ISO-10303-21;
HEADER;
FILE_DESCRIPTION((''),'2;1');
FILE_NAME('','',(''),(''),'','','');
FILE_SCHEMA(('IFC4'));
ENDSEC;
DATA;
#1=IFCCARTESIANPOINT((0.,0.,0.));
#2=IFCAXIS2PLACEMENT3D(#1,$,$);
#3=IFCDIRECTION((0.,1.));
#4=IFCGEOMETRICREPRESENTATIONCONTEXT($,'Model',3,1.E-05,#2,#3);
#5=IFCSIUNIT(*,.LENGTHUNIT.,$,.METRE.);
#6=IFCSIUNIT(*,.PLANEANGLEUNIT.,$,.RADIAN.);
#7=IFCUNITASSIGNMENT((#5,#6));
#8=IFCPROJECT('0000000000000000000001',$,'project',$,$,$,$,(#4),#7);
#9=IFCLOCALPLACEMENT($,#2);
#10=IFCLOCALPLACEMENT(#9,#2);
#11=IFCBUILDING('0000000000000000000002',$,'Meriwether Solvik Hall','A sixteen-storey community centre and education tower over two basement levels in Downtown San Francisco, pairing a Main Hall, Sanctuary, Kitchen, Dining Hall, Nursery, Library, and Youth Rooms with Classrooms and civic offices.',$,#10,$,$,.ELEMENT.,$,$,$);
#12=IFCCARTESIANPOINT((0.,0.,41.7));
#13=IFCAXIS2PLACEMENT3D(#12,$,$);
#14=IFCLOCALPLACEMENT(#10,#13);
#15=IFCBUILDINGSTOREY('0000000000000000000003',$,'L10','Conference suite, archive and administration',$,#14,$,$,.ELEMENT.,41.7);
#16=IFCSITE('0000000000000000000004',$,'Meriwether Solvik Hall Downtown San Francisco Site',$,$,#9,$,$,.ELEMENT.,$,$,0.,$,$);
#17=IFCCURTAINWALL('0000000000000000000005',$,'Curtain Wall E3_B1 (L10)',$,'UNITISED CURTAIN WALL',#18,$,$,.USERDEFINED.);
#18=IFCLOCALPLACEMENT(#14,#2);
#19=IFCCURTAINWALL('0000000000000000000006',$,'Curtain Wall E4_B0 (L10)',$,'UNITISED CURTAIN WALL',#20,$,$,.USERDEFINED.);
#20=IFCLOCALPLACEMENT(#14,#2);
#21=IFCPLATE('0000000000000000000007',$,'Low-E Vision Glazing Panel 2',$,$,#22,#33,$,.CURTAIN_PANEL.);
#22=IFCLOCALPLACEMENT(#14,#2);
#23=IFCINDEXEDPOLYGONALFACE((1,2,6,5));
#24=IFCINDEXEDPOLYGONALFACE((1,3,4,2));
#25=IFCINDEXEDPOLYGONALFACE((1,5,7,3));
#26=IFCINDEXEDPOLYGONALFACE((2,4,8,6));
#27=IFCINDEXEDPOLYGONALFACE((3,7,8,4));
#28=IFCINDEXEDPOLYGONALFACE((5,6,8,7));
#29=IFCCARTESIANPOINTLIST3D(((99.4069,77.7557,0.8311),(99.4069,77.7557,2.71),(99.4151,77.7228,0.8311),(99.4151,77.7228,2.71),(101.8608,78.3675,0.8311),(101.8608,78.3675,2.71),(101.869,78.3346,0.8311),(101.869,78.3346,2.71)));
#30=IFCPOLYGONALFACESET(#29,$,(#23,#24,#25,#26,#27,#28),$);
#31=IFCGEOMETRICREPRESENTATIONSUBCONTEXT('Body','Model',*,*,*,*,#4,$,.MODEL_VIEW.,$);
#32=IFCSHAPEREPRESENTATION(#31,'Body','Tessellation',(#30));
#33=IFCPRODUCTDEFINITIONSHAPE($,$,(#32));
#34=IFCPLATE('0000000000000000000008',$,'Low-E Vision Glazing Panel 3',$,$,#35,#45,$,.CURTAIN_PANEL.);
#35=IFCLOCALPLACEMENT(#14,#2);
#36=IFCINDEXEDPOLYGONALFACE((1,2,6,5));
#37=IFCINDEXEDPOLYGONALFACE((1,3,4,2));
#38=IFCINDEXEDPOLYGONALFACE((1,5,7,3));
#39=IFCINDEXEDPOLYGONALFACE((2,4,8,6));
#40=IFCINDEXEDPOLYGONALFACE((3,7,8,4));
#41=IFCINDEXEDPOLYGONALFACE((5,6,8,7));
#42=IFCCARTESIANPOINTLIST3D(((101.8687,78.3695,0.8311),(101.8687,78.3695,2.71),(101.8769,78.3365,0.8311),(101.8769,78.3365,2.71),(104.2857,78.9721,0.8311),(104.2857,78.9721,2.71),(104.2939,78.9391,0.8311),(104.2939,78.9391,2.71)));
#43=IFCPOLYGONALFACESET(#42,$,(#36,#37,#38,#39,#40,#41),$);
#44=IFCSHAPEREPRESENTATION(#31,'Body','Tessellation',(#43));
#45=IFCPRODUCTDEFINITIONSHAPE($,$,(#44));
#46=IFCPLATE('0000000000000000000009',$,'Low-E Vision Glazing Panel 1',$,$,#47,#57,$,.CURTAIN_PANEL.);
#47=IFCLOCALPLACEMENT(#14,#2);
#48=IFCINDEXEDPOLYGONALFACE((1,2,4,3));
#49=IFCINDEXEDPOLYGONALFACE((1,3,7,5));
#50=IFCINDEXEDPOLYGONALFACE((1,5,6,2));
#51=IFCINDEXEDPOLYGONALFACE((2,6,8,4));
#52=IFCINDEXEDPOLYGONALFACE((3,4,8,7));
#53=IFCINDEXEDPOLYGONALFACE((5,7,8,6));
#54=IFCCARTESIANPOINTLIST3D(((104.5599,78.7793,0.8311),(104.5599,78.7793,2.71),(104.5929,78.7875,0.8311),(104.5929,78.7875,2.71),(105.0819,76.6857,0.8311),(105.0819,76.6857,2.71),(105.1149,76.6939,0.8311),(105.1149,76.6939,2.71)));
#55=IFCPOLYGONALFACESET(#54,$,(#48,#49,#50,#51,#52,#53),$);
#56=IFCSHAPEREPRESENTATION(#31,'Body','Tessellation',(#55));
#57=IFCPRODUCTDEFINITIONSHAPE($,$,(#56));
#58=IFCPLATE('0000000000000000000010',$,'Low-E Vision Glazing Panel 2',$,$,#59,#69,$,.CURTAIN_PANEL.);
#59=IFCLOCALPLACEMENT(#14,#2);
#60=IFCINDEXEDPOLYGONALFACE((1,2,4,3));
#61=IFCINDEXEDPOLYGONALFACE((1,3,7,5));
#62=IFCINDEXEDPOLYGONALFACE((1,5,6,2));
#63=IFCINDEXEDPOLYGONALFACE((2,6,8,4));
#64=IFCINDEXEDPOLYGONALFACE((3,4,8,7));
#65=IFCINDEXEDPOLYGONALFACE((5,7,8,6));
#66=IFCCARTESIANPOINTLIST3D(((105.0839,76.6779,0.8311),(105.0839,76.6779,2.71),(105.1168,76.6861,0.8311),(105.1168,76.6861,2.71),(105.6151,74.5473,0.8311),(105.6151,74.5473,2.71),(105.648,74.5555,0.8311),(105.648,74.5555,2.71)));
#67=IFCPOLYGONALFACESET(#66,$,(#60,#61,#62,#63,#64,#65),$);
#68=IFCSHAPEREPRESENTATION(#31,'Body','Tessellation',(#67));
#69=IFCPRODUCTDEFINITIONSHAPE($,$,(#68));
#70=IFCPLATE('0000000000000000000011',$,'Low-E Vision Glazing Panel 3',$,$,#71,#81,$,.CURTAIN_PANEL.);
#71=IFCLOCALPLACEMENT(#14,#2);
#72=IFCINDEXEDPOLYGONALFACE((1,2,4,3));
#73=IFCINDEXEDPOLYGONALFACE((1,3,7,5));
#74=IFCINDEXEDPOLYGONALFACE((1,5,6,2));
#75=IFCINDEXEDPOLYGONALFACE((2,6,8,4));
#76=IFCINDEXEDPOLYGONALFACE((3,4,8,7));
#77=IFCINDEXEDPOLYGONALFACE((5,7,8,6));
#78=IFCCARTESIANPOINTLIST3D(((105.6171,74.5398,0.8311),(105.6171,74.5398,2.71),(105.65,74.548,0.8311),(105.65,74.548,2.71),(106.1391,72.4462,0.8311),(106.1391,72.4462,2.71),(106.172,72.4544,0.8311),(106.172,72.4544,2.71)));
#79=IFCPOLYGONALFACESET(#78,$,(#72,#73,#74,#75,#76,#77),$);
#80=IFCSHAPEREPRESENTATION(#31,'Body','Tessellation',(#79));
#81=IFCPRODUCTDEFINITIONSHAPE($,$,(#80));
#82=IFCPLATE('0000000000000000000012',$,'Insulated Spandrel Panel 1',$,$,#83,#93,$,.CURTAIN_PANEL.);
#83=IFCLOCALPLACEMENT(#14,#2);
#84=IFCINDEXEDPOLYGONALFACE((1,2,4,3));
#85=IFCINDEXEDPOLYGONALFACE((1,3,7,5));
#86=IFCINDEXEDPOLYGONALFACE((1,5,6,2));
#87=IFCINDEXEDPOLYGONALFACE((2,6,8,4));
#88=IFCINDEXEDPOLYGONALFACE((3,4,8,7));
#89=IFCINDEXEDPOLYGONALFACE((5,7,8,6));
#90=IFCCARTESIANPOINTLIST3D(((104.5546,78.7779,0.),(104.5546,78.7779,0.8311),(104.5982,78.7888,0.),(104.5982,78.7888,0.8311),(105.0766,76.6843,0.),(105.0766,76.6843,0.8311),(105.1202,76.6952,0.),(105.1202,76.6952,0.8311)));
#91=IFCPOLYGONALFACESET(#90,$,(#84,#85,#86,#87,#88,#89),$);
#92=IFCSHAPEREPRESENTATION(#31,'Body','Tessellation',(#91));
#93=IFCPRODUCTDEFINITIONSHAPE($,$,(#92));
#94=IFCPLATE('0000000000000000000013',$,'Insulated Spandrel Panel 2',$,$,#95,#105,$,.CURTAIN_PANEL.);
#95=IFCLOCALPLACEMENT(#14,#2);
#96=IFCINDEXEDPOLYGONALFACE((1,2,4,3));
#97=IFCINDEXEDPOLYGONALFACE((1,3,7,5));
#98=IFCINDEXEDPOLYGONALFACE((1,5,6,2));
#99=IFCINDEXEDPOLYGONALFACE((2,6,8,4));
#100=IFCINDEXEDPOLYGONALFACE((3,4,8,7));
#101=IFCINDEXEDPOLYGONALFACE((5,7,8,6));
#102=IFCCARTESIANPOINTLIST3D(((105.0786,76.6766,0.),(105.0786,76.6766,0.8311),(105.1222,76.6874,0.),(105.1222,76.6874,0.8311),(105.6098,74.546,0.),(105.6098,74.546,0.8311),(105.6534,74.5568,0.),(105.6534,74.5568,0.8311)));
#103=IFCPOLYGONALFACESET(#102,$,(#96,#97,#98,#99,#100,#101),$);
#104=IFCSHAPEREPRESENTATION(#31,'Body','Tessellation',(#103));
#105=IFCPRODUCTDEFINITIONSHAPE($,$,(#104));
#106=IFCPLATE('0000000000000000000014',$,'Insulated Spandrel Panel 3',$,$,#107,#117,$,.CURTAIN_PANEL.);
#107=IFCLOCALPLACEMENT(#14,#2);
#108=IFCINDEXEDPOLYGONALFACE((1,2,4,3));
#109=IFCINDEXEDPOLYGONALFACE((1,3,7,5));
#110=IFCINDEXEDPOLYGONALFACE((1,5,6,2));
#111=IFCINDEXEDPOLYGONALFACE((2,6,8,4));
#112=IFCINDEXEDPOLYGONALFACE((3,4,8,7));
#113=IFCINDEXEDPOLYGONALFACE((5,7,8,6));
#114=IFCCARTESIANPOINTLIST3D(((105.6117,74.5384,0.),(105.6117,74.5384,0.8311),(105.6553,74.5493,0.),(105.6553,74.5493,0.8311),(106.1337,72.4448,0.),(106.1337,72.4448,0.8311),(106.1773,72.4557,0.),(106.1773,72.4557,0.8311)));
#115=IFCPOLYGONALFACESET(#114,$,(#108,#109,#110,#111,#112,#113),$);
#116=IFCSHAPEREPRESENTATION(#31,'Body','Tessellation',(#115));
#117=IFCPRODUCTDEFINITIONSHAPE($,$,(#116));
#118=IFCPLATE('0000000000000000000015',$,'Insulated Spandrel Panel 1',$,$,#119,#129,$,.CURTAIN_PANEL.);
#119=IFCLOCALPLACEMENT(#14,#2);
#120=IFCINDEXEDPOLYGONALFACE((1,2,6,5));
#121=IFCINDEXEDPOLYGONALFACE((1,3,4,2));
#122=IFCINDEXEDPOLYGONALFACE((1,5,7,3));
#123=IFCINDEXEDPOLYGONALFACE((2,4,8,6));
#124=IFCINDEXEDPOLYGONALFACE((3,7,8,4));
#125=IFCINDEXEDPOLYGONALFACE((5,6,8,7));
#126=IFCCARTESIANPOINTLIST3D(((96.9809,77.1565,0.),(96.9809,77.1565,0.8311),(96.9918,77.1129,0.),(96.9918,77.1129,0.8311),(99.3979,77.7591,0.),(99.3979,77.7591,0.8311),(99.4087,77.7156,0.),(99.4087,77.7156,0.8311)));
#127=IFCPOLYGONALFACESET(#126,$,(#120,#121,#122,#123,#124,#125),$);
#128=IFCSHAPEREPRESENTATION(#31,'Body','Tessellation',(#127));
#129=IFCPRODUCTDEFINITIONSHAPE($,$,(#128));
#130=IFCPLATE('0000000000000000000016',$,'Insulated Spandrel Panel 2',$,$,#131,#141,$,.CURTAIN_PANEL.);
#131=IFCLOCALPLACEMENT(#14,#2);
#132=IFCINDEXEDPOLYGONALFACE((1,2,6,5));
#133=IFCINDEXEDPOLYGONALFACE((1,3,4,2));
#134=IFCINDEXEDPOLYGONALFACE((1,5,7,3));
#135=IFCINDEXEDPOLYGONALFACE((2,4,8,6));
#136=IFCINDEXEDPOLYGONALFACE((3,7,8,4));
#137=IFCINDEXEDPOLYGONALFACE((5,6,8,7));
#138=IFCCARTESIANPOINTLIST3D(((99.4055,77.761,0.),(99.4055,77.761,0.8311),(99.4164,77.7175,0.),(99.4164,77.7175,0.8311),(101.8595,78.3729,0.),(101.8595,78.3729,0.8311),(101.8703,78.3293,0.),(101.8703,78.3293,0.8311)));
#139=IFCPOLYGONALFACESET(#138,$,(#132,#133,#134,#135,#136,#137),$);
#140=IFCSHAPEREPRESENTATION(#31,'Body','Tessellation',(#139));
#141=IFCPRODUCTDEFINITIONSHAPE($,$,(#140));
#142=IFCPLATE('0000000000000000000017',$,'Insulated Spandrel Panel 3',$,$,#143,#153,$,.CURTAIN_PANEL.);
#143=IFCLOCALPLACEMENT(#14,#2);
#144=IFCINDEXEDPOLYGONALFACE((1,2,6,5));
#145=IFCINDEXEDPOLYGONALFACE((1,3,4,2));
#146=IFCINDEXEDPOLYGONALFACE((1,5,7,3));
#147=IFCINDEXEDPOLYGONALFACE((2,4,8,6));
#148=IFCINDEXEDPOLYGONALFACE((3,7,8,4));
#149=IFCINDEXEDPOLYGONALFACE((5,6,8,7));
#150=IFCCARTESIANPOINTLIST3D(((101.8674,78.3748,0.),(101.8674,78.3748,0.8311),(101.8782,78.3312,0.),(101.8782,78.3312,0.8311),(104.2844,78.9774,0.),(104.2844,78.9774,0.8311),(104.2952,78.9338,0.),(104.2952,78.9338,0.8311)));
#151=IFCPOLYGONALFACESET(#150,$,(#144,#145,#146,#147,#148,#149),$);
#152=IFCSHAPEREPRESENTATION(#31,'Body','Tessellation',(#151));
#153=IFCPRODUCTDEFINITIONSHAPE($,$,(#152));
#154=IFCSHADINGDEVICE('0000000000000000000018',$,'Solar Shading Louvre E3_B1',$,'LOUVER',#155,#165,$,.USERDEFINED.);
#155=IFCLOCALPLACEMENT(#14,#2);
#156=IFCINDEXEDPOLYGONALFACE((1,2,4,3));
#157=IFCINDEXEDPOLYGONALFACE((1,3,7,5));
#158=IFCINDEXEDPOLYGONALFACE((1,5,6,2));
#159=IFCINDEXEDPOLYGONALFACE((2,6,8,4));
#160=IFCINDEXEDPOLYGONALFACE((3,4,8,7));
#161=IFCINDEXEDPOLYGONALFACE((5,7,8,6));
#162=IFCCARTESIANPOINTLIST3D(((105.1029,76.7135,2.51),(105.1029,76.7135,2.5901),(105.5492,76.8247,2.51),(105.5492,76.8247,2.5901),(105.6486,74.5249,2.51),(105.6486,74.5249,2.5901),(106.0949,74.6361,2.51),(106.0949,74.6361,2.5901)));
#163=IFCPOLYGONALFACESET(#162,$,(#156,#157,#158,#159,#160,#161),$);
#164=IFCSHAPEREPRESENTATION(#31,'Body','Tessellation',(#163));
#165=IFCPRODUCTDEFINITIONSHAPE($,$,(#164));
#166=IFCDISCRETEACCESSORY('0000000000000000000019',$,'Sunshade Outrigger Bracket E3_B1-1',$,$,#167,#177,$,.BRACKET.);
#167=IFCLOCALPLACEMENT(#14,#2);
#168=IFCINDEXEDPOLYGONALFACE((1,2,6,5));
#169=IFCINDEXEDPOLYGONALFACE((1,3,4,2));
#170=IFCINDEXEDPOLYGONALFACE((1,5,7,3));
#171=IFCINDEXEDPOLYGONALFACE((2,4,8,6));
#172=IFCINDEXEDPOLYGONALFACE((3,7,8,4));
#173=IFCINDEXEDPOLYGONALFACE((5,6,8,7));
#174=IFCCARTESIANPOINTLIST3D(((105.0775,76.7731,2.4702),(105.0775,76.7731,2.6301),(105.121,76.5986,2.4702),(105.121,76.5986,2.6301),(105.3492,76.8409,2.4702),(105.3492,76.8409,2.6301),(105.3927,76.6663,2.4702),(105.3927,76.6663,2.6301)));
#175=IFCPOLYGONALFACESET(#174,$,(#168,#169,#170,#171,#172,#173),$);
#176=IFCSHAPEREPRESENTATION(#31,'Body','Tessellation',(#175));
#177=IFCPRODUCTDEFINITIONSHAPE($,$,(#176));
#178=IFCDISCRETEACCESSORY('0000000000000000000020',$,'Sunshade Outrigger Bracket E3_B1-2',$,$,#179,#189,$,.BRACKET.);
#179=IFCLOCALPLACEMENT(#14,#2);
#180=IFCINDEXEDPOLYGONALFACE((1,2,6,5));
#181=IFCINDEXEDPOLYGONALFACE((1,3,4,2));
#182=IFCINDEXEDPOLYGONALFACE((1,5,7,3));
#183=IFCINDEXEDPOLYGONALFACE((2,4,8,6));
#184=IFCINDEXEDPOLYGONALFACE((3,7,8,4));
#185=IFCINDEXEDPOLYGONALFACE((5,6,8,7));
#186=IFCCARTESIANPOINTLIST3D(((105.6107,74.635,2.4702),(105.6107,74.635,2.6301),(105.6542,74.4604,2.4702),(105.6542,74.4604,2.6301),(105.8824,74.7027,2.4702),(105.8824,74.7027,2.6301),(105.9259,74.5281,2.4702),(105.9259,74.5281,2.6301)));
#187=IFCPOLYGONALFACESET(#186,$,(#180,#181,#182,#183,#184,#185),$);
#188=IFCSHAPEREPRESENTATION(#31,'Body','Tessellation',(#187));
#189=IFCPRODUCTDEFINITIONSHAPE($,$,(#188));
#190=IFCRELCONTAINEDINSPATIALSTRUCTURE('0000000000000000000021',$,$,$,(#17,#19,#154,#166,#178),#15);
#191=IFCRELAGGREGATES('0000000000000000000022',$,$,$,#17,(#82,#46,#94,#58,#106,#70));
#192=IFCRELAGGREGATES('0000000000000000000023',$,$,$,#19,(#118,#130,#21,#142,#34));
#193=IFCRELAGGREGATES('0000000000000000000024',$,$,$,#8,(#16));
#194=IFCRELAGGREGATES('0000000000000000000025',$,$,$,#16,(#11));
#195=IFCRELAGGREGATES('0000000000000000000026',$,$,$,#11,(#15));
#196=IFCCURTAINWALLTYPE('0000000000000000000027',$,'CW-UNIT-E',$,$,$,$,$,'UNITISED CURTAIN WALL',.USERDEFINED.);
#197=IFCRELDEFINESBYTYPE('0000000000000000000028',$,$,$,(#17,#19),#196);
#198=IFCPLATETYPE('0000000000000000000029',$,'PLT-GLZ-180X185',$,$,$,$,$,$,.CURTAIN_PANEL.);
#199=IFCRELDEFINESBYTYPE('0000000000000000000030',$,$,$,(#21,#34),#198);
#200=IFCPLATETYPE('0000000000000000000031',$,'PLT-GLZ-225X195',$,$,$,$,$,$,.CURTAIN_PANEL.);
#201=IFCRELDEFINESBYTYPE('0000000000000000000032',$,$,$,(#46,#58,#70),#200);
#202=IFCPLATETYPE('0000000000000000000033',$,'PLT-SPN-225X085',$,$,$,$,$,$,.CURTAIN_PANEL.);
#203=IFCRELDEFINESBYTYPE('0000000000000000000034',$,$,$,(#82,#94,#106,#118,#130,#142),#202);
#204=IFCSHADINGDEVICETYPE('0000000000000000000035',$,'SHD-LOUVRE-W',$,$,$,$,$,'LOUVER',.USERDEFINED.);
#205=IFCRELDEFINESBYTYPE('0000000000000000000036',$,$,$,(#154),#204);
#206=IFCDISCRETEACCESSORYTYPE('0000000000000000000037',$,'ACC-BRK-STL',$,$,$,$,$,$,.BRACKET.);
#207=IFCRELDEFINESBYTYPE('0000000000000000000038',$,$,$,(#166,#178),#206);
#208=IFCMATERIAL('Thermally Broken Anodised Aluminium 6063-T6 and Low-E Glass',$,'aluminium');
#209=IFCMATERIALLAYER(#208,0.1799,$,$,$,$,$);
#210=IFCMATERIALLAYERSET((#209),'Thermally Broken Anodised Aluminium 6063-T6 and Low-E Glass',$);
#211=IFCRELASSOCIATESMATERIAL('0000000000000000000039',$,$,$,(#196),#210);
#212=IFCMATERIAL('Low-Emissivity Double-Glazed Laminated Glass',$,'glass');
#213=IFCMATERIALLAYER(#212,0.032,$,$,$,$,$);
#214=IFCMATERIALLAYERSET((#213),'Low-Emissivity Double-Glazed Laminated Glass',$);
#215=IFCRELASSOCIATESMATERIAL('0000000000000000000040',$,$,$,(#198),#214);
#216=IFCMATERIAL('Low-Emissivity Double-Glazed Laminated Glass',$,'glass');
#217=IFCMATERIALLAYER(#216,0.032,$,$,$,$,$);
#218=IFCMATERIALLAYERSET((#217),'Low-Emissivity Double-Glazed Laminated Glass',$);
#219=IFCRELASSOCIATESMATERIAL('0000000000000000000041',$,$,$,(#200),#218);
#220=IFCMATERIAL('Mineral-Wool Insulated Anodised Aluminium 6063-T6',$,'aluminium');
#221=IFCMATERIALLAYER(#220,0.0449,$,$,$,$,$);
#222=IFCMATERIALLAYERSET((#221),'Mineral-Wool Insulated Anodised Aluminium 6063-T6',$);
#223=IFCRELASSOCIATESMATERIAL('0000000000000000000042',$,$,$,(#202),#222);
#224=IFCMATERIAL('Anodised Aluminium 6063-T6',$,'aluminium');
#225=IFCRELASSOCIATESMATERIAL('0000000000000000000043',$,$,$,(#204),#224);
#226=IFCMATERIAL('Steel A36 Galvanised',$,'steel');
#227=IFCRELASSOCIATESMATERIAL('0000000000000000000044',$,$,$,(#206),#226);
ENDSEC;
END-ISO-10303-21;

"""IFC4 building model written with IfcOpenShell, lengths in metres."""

from ifc_helpers import new_model, si_unit, direction, frame, origin, origin_2d, place, context, subcontext, project, spatial, rectangle, extrude, material, layer, layer_set, type_object, element, aggregate, save


model = new_model("IFC4")

# Units and contexts
model_context = context("Model", 3, precision=1e-05, world=origin(), true_north=direction((0.0, 1.0)))
body_context = subcontext(model_context, "Body", "Model", "MODEL_VIEW")
ifc_project = project(units=[si_unit("LENGTHUNIT", "METRE"), si_unit("PLANEANGLEUNIT", "RADIAN")], contexts=[model_context])

# Site, building, storey
site_placement = place(None, origin())
site = spatial("IfcSite", under=ifc_project, at=site_placement, Name="Meriwether Solvik Hall Downtown San Francisco Site", CompositionType="ELEMENT", RefElevation=0.0)
building_placement = place(site_placement, origin())
building = spatial("IfcBuilding", under=site, at=building_placement, Name="Meriwether Solvik Hall", Description="A sixteen-storey community centre and education tower over two basement levels in Downtown San Francisco, pairing a Main Hall, Sanctuary, Kitchen, Dining Hall, Nursery, Library, and Youth Rooms with Classrooms and civic offices.", CompositionType="ELEMENT")
storey_placement = place(building_placement, frame((0.0, 0.0, 41.7)))
storey = spatial("IfcBuildingStorey", under=building, at=storey_placement, Name="L10", Description="Conference suite, archive and administration", CompositionType="ELEMENT", Elevation=41.7)

# Curtain walls
ifc_material_1 = material(Name="Thermally Broken Anodised Aluminium 6063-T6 and Low-E Glass", Category="aluminium")
ifc_layer_1 = layer(ifc_material_1, 0.1799)
ifc_layer_set_1 = layer_set([ifc_layer_1], Name="Thermally Broken Anodised Aluminium 6063-T6 and Low-E Glass")
curtain_wall_type_1 = type_object("IfcCurtainWallType", Name="CW-UNIT-E", ElementType="UNITISED CURTAIN WALL", PredefinedType="USERDEFINED", material=ifc_layer_set_1)
curtain_wall_1_placement = place(storey_placement, origin())
curtain_wall_1 = element("IfcCurtainWall", 1, at=curtain_wall_1_placement, inside=storey, type_object=curtain_wall_type_1, Name="Curtain Wall E3_B1 (L10)", ObjectType="UNITISED CURTAIN WALL", PredefinedType="USERDEFINED")
curtain_wall_2_placement = place(storey_placement, origin())
curtain_wall_2 = element("IfcCurtainWall", 2, at=curtain_wall_2_placement, inside=storey, type_object=curtain_wall_type_1, Name="Curtain Wall E4_B0 (L10)", ObjectType="UNITISED CURTAIN WALL", PredefinedType="USERDEFINED")

# Plates
ifc_material_2 = material(Name="Low-Emissivity Double-Glazed Laminated Glass", Category="glass")
ifc_layer_2 = layer(ifc_material_2, 0.032)
ifc_layer_set_2 = layer_set([ifc_layer_2], Name="Low-Emissivity Double-Glazed Laminated Glass")
plate_type_1 = type_object("IfcPlateType", Name="PLT-GLZ-180X185", PredefinedType="CURTAIN_PANEL", material=ifc_layer_set_2)
plate_1_placement = place(storey_placement, frame((100.6379, 78.0452, 0.8311), z_axis=(0.0, 0.0, 1.0), x_axis=(0.970296, 0.241922, 0.0)))
plate_1 = element("IfcPlate", 3, at=plate_1_placement, type_object=plate_type_1, Name="Low-E Vision Glazing Panel 2", PredefinedType="CURTAIN_PANEL", context=body_context, shape_type="SweptSolid", body=[
    extrude(rectangle(XDim=2.5291, YDim=0.0339, at=origin_2d()), origin(), (0.0, 0.0, 1.0), 1.8789),
])
plate_2_placement = place(storey_placement, frame((103.0813, 78.6543, 0.8311), z_axis=(0.0, 0.0, 1.0), x_axis=(0.970296, 0.241922, 0.0)))
plate_2 = element("IfcPlate", 4, at=plate_2_placement, type_object=plate_type_1, Name="Low-E Vision Glazing Panel 3", PredefinedType="CURTAIN_PANEL", context=body_context, shape_type="SweptSolid", body=[
    extrude(rectangle(XDim=2.491, YDim=0.0339, at=origin_2d()), origin(), (0.0, 0.0, 1.0), 1.8789),
])
ifc_material_3 = material(Name="Low-Emissivity Double-Glazed Laminated Glass", Category="glass")
ifc_layer_3 = layer(ifc_material_3, 0.032)
ifc_layer_set_3 = layer_set([ifc_layer_3], Name="Low-Emissivity Double-Glazed Laminated Glass")
plate_type_2 = type_object("IfcPlateType", Name="PLT-GLZ-225X195", PredefinedType="CURTAIN_PANEL", material=ifc_layer_set_3)
plate_3_placement = place(storey_placement, frame((104.8374, 77.7366, 0.8311), z_axis=(0.0, 0.0, 1.0), x_axis=(0.241922, -0.970296, 0.0)))
plate_3 = element("IfcPlate", 5, at=plate_3_placement, type_object=plate_type_2, Name="Low-E Vision Glazing Panel 1", PredefinedType="CURTAIN_PANEL", context=body_context, shape_type="SweptSolid", body=[
    extrude(rectangle(XDim=2.1577, YDim=0.0339, at=origin_2d()), origin(), (0.0, 0.0, 1.0), 1.8789),
])
plate_4_placement = place(storey_placement, frame((105.366, 75.6167, 0.8311), z_axis=(0.0, 0.0, 1.0), x_axis=(0.241922, -0.970296, 0.0)))
plate_4 = element("IfcPlate", 6, at=plate_4_placement, type_object=plate_type_2, Name="Low-E Vision Glazing Panel 2", PredefinedType="CURTAIN_PANEL", context=body_context, shape_type="SweptSolid", body=[
    extrude(rectangle(XDim=2.1958, YDim=0.0339, at=origin_2d()), origin(), (0.0, 0.0, 1.0), 1.8789),
])
plate_5_placement = place(storey_placement, frame((105.8945, 73.4971, 0.8311), z_axis=(0.0, 0.0, 1.0), x_axis=(0.241922, -0.970296, 0.0)))
plate_5 = element("IfcPlate", 7, at=plate_5_placement, type_object=plate_type_2, Name="Low-E Vision Glazing Panel 3", PredefinedType="CURTAIN_PANEL", context=body_context, shape_type="SweptSolid", body=[
    extrude(rectangle(XDim=2.1577, YDim=0.0339, at=origin_2d()), origin(), (0.0, 0.0, 1.0), 1.8789),
])
ifc_material_4 = material(Name="Mineral-Wool Insulated Anodised Aluminium 6063-T6", Category="aluminium")
ifc_layer_4 = layer(ifc_material_4, 0.0449)
ifc_layer_set_4 = layer_set([ifc_layer_4], Name="Mineral-Wool Insulated Anodised Aluminium 6063-T6")
plate_type_3 = type_object("IfcPlateType", Name="PLT-SPN-225X085", PredefinedType="CURTAIN_PANEL", material=ifc_layer_set_4)
plate_6_placement = place(storey_placement, frame((104.8374, 77.7366, 0.0), z_axis=(0.0, 0.0, 1.0), x_axis=(0.241922, -0.970296, 0.0)))
plate_6 = element("IfcPlate", 8, at=plate_6_placement, type_object=plate_type_3, Name="Insulated Spandrel Panel 1", PredefinedType="CURTAIN_PANEL", context=body_context, shape_type="SweptSolid", body=[
    extrude(rectangle(XDim=2.1577, YDim=0.0449, at=origin_2d()), origin(), (0.0, 0.0, 1.0), 0.8311),
])
plate_7_placement = place(storey_placement, frame((105.366, 75.6167, 0.0), z_axis=(0.0, 0.0, 1.0), x_axis=(0.241922, -0.970296, 0.0)))
plate_7 = element("IfcPlate", 9, at=plate_7_placement, type_object=plate_type_3, Name="Insulated Spandrel Panel 2", PredefinedType="CURTAIN_PANEL", context=body_context, shape_type="SweptSolid", body=[
    extrude(rectangle(XDim=2.1958, YDim=0.0449, at=origin_2d()), origin(), (0.0, 0.0, 1.0), 0.8311),
])
plate_8_placement = place(storey_placement, frame((105.8945, 73.4971, 0.0), z_axis=(0.0, 0.0, 1.0), x_axis=(0.241922, -0.970296, 0.0)))
plate_8 = element("IfcPlate", 10, at=plate_8_placement, type_object=plate_type_3, Name="Insulated Spandrel Panel 3", PredefinedType="CURTAIN_PANEL", context=body_context, shape_type="SweptSolid", body=[
    extrude(rectangle(XDim=2.1577, YDim=0.0449, at=origin_2d()), origin(), (0.0, 0.0, 1.0), 0.8311),
])
aggregate(curtain_wall_1, [plate_6, plate_3, plate_7, plate_4, plate_8, plate_5])
plate_9_placement = place(storey_placement, frame((98.1948, 77.436, 0.0), z_axis=(0.0, 0.0, 1.0), x_axis=(0.970296, 0.241922, 0.0)))
plate_9 = element("IfcPlate", 11, at=plate_9_placement, type_object=plate_type_3, Name="Insulated Spandrel Panel 1", PredefinedType="CURTAIN_PANEL", context=body_context, shape_type="SweptSolid", body=[
    extrude(rectangle(XDim=2.491, YDim=0.0449, at=origin_2d()), origin(), (0.0, 0.0, 1.0), 0.8311),
])
plate_10_placement = place(storey_placement, frame((100.6379, 78.0452, 0.0), z_axis=(0.0, 0.0, 1.0), x_axis=(0.970296, 0.241922, 0.0)))
plate_10 = element("IfcPlate", 12, at=plate_10_placement, type_object=plate_type_3, Name="Insulated Spandrel Panel 2", PredefinedType="CURTAIN_PANEL", context=body_context, shape_type="SweptSolid", body=[
    extrude(rectangle(XDim=2.5291, YDim=0.0449, at=origin_2d()), origin(), (0.0, 0.0, 1.0), 0.8311),
])
plate_11_placement = place(storey_placement, frame((103.0813, 78.6543, 0.0), z_axis=(0.0, 0.0, 1.0), x_axis=(0.970296, 0.241922, 0.0)))
plate_11 = element("IfcPlate", 13, at=plate_11_placement, type_object=plate_type_3, Name="Insulated Spandrel Panel 3", PredefinedType="CURTAIN_PANEL", context=body_context, shape_type="SweptSolid", body=[
    extrude(rectangle(XDim=2.491, YDim=0.0449, at=origin_2d()), origin(), (0.0, 0.0, 1.0), 0.8311),
])
aggregate(curtain_wall_2, [plate_9, plate_10, plate_1, plate_11, plate_2])

# Shading device
ifc_material_5 = material(Name="Anodised Aluminium 6063-T6", Category="aluminium")
shading_device_type = type_object("IfcShadingDeviceType", Name="SHD-LOUVRE-W", ElementType="LOUVER", PredefinedType="USERDEFINED", material=ifc_material_5)
shading_device_placement = place(storey_placement, frame((105.5989, 75.6748, 2.51), z_axis=(0.0, 0.0, 1.0), x_axis=(0.241922, -0.970296, 0.0)))
element("IfcShadingDevice", 14, at=shading_device_placement, inside=storey, type_object=shading_device_type, Name="Solar Shading Louvre E3_B1", ObjectType="LOUVER", PredefinedType="USERDEFINED", context=body_context, shape_type="SweptSolid", body=[
    extrude(rectangle(XDim=2.2556, YDim=0.46, at=origin_2d()), origin(), (0.0, 0.0, 1.0), 0.0801),
])

# Discrete accessories
ifc_material_6 = material(Name="Steel A36 Galvanised", Category="steel")
discrete_accessory_type = type_object("IfcDiscreteAccessoryType", Name="ACC-BRK-STL", PredefinedType="BRACKET", material=ifc_material_6)
for number, where, z_axis, x_axis, name in (
    (15, (105.2351, 76.7197, 2.4702), (0.0, 0.0, 1.0), (0.241922, -0.970296, 0.0), "Sunshade Outrigger Bracket E3_B1-1"),
    (16, (105.7683, 74.5815, 2.4702), (0.0, 0.0, 1.0), (0.241922, -0.970296, 0.0), "Sunshade Outrigger Bracket E3_B1-2"),
):
    element("IfcDiscreteAccessory", number, at=place(storey_placement, frame(where, z_axis=z_axis, x_axis=x_axis)), inside=storey, type_object=discrete_accessory_type, Name=name, PredefinedType="BRACKET", context=body_context, shape_type="SweptSolid", body=[
        extrude(rectangle(XDim=0.1799, YDim=0.28, at=origin_2d()), origin(), (0.0, 0.0, 1.0), 0.1599),
    ])

save(model, "model.ifc")
